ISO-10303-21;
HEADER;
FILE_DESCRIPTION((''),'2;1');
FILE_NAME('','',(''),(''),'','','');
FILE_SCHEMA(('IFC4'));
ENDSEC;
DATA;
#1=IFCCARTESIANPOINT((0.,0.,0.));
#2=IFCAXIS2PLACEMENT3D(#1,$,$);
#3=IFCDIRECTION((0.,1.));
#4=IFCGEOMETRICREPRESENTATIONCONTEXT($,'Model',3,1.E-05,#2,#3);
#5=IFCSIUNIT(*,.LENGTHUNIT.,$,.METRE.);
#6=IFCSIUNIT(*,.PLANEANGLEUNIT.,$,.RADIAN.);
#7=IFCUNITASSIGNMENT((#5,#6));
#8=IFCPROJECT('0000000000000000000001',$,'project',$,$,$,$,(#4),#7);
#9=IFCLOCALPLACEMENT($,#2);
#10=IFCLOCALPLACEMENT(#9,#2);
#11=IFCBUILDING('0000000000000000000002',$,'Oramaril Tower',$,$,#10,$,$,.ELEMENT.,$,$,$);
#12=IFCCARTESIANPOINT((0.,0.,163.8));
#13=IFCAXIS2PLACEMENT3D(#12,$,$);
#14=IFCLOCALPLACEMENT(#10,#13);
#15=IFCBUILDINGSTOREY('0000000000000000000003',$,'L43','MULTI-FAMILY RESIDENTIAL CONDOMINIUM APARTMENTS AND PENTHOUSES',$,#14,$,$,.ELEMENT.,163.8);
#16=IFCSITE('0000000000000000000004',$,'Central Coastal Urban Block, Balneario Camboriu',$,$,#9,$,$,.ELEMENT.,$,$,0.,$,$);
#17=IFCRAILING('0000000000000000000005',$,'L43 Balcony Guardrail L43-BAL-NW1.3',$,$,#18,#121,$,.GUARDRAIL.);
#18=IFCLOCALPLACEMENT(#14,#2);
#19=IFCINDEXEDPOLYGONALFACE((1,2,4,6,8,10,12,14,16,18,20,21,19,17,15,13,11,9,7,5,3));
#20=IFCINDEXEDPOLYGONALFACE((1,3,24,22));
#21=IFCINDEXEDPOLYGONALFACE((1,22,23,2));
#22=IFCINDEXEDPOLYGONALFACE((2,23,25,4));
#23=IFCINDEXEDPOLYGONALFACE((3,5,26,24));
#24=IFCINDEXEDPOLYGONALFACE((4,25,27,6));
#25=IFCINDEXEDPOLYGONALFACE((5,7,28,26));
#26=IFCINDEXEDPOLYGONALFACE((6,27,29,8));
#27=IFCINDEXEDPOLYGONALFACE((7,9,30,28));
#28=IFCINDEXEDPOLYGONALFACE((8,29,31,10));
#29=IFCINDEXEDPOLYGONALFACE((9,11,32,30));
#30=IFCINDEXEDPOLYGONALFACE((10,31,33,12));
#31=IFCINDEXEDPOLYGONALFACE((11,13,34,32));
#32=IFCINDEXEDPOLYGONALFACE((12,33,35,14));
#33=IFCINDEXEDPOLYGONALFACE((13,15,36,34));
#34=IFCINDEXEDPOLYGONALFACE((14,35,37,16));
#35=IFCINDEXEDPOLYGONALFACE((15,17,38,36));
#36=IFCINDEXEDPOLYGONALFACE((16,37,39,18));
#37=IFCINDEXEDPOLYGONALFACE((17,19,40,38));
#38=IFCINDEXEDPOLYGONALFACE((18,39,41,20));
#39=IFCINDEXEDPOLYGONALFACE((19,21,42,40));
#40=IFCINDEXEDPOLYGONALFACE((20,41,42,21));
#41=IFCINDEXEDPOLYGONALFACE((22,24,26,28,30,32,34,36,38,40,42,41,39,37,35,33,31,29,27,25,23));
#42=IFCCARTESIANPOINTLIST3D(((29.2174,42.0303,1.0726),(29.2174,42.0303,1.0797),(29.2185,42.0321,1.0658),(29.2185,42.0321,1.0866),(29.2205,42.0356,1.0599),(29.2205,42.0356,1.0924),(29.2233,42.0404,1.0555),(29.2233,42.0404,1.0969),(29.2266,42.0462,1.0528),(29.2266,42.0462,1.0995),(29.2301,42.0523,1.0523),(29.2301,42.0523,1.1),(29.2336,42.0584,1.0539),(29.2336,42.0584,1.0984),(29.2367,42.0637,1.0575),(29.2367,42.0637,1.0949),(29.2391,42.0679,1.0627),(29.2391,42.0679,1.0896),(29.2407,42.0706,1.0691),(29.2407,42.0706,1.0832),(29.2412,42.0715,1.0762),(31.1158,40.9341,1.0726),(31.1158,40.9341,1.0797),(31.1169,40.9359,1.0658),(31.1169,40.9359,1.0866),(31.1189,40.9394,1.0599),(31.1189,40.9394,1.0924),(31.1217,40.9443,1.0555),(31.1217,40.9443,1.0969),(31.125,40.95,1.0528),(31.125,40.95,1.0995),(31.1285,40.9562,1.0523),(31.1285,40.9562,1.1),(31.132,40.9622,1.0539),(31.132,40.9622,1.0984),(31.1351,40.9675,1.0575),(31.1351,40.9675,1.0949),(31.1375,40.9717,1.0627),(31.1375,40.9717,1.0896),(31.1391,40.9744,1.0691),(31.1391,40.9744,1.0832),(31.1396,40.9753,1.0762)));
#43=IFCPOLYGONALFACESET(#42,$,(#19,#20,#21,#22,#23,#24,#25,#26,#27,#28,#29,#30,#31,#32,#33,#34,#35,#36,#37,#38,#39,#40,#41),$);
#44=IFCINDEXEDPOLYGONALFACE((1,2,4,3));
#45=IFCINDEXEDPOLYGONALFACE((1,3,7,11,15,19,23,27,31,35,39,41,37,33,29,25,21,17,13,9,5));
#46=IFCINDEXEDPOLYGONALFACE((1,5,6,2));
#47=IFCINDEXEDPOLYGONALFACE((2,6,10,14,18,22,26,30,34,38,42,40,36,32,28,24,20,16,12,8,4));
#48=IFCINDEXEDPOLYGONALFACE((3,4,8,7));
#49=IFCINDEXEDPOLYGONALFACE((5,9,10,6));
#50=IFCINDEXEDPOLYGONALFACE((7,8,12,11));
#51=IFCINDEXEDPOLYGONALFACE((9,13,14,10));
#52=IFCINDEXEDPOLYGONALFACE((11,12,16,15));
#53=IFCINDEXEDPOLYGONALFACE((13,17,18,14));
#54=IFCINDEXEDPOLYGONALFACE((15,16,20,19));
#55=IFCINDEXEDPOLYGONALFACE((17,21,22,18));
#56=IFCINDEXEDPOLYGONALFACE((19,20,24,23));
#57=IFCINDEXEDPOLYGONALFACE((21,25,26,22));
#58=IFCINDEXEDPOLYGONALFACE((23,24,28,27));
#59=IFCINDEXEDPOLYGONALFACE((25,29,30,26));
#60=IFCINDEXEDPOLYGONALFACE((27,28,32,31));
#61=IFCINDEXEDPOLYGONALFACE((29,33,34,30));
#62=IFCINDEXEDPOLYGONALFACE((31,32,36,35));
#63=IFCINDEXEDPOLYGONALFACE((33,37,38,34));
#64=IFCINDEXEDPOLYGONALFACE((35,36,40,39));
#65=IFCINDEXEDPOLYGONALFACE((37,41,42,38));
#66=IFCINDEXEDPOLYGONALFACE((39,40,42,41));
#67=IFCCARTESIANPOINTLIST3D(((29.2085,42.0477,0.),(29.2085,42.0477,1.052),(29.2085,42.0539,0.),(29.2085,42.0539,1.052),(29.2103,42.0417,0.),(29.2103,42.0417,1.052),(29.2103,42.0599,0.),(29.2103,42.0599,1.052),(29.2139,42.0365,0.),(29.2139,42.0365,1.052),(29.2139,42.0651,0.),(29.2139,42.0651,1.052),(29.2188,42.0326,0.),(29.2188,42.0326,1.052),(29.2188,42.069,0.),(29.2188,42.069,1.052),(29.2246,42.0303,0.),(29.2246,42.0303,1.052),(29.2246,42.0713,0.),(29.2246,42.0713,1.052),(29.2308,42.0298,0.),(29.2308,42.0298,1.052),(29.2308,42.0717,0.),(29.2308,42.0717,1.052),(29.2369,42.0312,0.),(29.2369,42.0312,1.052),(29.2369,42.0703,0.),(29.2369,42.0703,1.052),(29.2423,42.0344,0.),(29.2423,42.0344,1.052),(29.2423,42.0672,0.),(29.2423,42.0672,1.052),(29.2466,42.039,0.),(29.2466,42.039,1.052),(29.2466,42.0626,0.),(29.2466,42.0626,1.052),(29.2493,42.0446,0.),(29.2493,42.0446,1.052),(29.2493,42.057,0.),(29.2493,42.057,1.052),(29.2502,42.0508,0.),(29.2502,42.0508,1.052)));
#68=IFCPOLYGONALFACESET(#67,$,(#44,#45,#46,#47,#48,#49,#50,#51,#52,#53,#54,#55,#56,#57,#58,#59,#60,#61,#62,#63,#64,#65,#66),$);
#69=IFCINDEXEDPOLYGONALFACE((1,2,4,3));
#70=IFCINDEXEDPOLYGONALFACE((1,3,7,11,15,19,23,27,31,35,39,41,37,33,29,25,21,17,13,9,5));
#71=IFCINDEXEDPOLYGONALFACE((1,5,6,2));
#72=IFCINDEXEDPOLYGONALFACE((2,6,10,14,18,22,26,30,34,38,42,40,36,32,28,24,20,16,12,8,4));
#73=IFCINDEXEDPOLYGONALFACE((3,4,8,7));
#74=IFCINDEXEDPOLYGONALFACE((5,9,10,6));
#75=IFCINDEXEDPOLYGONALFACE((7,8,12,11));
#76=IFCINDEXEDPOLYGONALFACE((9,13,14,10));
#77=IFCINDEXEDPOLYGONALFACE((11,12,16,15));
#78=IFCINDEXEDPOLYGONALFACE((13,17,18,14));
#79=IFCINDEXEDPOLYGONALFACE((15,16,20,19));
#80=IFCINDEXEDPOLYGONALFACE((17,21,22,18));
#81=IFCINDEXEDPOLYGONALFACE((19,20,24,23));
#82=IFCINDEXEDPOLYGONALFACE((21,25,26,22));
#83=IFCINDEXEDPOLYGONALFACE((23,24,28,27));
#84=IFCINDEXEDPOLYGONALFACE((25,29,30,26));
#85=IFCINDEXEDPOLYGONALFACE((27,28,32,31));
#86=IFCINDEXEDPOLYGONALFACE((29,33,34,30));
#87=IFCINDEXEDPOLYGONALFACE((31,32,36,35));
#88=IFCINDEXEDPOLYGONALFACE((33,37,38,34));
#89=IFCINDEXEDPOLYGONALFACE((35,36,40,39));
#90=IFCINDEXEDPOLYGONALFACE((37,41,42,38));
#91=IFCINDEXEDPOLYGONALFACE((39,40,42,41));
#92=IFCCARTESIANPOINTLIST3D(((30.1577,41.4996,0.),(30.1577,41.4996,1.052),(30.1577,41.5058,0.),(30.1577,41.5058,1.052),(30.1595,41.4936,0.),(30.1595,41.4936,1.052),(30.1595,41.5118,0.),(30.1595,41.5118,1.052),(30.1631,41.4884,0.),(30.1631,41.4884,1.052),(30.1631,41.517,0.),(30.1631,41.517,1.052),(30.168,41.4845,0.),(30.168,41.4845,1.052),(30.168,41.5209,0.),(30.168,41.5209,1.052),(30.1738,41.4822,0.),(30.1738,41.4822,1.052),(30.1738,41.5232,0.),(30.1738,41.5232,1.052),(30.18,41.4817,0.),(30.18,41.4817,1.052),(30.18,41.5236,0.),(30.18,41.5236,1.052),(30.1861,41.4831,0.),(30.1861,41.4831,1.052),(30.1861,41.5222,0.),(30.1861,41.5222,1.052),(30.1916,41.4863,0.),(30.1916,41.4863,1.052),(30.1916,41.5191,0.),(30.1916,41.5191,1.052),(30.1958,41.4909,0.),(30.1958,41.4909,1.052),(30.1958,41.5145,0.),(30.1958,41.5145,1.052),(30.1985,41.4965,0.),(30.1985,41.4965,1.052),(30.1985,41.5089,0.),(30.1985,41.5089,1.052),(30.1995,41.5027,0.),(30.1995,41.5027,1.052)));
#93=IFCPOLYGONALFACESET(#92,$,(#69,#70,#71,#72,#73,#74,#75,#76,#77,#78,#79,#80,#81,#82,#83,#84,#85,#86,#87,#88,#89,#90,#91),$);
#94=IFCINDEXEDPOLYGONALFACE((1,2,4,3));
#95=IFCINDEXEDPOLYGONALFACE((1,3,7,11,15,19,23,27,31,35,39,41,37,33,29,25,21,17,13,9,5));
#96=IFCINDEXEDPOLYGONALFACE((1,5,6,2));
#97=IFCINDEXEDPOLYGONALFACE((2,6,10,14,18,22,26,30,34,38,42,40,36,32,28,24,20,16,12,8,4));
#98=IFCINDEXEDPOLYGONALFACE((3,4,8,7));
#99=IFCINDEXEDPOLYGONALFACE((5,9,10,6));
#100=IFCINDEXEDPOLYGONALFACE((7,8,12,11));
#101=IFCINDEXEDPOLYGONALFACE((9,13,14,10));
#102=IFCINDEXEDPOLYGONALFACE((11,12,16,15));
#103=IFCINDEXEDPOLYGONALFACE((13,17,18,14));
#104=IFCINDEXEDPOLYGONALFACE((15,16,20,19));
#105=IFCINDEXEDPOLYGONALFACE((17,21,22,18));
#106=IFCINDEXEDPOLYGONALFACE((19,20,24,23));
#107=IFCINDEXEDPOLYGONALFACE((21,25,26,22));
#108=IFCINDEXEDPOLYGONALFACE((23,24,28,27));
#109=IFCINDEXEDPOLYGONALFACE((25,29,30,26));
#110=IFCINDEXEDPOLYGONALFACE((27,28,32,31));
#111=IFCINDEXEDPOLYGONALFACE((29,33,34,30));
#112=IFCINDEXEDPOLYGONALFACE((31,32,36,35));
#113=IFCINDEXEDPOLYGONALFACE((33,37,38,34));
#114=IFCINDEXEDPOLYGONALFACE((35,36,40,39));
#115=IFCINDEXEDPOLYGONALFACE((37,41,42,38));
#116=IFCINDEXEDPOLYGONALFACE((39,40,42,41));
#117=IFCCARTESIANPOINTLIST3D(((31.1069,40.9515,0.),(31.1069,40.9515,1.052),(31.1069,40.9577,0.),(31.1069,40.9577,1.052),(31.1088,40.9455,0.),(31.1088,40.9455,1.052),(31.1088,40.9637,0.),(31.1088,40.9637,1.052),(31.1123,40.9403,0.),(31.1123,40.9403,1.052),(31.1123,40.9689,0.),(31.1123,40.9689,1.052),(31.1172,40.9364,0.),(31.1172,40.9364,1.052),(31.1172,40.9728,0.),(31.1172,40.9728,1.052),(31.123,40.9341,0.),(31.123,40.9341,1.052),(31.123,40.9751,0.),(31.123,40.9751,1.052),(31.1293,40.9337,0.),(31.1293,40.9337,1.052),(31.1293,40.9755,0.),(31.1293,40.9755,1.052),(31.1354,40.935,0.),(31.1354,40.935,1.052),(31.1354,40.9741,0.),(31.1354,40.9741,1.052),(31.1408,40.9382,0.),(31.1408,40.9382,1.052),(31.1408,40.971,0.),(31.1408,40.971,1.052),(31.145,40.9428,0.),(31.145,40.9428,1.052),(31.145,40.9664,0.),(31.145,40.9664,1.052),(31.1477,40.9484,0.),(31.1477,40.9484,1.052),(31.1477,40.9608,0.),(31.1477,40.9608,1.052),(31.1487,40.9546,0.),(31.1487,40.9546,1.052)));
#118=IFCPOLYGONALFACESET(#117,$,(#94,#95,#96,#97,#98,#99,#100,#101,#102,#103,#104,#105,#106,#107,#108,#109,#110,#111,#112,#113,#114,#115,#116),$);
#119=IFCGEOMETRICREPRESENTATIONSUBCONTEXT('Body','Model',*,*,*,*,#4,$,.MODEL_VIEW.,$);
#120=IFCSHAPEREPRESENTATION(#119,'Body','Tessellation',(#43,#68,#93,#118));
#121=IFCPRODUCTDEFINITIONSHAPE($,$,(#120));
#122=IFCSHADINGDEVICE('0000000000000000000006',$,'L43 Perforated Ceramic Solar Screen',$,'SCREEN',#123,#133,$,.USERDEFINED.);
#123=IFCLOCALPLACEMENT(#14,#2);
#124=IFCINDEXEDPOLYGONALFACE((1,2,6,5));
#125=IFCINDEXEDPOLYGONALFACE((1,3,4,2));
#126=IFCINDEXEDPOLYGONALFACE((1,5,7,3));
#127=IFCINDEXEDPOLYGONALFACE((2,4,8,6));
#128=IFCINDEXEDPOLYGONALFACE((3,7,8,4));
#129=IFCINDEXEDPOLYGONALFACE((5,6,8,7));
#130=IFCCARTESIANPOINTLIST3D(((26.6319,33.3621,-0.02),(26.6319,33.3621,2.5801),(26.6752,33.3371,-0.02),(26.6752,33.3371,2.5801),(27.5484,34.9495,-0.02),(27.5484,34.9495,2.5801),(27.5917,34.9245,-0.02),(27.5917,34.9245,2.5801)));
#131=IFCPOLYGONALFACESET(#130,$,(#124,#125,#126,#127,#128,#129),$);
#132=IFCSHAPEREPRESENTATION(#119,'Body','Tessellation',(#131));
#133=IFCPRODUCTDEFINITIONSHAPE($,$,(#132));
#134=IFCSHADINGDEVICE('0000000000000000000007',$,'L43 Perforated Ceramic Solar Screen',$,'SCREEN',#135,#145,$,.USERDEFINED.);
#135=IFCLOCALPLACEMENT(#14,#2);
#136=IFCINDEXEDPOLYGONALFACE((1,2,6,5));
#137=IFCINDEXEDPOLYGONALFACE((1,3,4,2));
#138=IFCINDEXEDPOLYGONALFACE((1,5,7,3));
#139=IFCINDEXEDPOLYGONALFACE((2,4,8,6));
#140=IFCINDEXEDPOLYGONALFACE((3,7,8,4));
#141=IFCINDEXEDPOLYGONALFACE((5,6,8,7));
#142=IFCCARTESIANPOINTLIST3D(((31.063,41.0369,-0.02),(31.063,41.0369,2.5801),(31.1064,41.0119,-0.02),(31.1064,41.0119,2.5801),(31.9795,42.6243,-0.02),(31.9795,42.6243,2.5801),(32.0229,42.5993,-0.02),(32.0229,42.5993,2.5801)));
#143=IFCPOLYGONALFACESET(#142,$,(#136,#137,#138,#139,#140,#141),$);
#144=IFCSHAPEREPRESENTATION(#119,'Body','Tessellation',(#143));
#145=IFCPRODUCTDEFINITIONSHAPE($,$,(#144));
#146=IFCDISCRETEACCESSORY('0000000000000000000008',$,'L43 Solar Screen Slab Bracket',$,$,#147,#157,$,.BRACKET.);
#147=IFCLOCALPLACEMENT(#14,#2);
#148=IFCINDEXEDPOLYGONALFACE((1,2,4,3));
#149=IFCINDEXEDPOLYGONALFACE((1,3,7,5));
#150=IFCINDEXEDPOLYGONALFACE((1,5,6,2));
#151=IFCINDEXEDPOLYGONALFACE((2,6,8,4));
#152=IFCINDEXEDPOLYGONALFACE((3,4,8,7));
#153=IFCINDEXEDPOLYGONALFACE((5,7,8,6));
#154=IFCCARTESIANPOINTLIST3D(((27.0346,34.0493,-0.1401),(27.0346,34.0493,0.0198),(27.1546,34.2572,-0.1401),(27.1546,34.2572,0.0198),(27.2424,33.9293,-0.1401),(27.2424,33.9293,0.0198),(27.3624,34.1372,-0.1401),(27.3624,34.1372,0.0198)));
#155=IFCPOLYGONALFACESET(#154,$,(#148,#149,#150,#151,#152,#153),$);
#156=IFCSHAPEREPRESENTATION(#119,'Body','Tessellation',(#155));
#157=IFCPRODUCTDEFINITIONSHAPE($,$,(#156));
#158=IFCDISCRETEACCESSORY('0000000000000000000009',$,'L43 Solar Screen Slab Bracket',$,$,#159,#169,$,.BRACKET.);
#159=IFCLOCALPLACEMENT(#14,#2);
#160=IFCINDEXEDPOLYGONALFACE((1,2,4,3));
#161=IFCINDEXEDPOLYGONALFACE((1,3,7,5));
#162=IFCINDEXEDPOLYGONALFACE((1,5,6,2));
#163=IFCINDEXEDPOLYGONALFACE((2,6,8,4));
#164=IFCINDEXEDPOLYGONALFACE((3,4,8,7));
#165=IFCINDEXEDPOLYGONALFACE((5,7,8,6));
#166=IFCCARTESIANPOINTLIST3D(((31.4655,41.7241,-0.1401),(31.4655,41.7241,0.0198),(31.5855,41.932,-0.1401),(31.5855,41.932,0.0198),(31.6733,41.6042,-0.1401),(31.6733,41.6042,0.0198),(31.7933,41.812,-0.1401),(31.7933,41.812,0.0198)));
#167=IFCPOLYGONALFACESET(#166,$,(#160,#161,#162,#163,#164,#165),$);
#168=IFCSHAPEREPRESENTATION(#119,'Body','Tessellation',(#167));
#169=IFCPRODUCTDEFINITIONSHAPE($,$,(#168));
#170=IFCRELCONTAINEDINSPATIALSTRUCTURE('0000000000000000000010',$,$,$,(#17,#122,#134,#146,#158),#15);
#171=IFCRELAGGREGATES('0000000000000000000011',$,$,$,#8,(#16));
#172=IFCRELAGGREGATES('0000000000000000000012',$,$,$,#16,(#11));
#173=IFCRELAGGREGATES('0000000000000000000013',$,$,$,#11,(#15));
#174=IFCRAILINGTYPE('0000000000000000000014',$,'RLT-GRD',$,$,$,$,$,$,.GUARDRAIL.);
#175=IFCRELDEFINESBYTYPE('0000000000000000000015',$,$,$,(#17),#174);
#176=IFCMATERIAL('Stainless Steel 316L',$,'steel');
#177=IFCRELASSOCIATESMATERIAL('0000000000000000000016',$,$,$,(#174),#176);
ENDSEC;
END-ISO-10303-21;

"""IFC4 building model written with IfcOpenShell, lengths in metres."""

from ifc_helpers import new_model, si_unit, direction, frame, origin, origin_2d, place, context, subcontext, project, spatial, rectangle, circle, extrude, material, type_object, element, save


model = new_model("IFC4")

# Units and contexts
model_context = context("Model", 3, precision=1e-05, world=origin(), true_north=direction((0.0, 1.0)))
body_context = subcontext(model_context, "Body", "Model", "MODEL_VIEW")
ifc_project = project(units=[si_unit("LENGTHUNIT", "METRE"), si_unit("PLANEANGLEUNIT", "RADIAN")], contexts=[model_context])

# Site, building, storey
site_placement = place(None, origin())
site = spatial("IfcSite", under=ifc_project, at=site_placement, Name="Central Coastal Urban Block, Balneario Camboriu", CompositionType="ELEMENT", RefElevation=0.0)
building_placement = place(site_placement, origin())
building = spatial("IfcBuilding", under=site, at=building_placement, Name="Oramaril Tower", CompositionType="ELEMENT")
storey_placement = place(building_placement, frame((0.0, 0.0, 163.8)))
storey = spatial("IfcBuildingStorey", under=building, at=storey_placement, Name="L43", Description="MULTI-FAMILY RESIDENTIAL CONDOMINIUM APARTMENTS AND PENTHOUSES", CompositionType="ELEMENT", Elevation=163.8)

# Railing
ifc_material_1 = material(Name="Stainless Steel 316L", Category="steel")
railing_type = type_object("IfcRailingType", Name="RLT-GRD", PredefinedType="GUARDRAIL", material=ifc_material_1)
railing_1_placement = place(storey_placement, frame((29.2292, 42.0508, 0.0)))
element("IfcRailing", 1, at=railing_1_placement, inside=storey, type_object=railing_type, Name="L43 Balcony Guardrail L43-BAL-NW1.3", PredefinedType="GUARDRAIL", context=body_context, shape_type="SweptSolid", body=[
    extrude(circle(Radius=0.0239, at=origin_2d()), frame((0.0, 0.0, 1.0762), z_axis=(0.866, -0.500044, 0.0), x_axis=(0.500044, 0.866, 0.0)), (0.0, 0.0, 1.0), 2.1921),
    extrude(circle(Radius=0.021, at=origin_2d()), origin(), (0.0, 0.0, 1.0), 1.052),
    extrude(circle(Radius=0.021, at=origin_2d()), frame((0.9492, -0.5481, 0.0)), (0.0, 0.0, 1.0), 1.052),
    extrude(circle(Radius=0.021, at=origin_2d()), frame((1.8984, -1.0962, 0.0)), (0.0, 0.0, 1.0), 1.052),
])

# Shading devices
for number, where, z_axis, x_axis, name in (
    (2, (27.1118, 34.1433, -0.02), (0.0, 0.0, 1.0), (-0.5, -0.866025, 0.0), "L43 Perforated Ceramic Solar Screen"),
    (3, (31.543, 41.8181, -0.02), (0.0, 0.0, 1.0), (-0.5, -0.866025, 0.0), "L43 Perforated Ceramic Solar Screen"),
):
    element("IfcShadingDevice", number, at=place(storey_placement, frame(where, z_axis=z_axis, x_axis=x_axis)), inside=storey, Name=name, ObjectType="SCREEN", PredefinedType="USERDEFINED", context=body_context, shape_type="SweptSolid", body=[
        extrude(rectangle(XDim=1.833, YDim=0.05, at=origin_2d()), origin(), (0.0, 0.0, 1.0), 2.6001),
    ])

# Discrete accessories
for number, where, z_axis, x_axis, name in (
    (4, (27.1985, 34.0933, -0.1401), (0.0, 0.0, 1.0), (-0.5, -0.866025, 0.0), "L43 Solar Screen Slab Bracket"),
    (5, (31.6294, 41.7681, -0.1401), (0.0, 0.0, 1.0), (-0.5, -0.866025, 0.0), "L43 Solar Screen Slab Bracket"),
):
    element("IfcDiscreteAccessory", number, at=place(storey_placement, frame(where, z_axis=z_axis, x_axis=x_axis)), inside=storey, Name=name, PredefinedType="BRACKET", context=body_context, shape_type="SweptSolid", body=[
        extrude(rectangle(XDim=0.24, YDim=0.24, at=origin_2d()), origin(), (0.0, 0.0, 1.0), 0.1599),
    ])

save(model, "model.ifc")
